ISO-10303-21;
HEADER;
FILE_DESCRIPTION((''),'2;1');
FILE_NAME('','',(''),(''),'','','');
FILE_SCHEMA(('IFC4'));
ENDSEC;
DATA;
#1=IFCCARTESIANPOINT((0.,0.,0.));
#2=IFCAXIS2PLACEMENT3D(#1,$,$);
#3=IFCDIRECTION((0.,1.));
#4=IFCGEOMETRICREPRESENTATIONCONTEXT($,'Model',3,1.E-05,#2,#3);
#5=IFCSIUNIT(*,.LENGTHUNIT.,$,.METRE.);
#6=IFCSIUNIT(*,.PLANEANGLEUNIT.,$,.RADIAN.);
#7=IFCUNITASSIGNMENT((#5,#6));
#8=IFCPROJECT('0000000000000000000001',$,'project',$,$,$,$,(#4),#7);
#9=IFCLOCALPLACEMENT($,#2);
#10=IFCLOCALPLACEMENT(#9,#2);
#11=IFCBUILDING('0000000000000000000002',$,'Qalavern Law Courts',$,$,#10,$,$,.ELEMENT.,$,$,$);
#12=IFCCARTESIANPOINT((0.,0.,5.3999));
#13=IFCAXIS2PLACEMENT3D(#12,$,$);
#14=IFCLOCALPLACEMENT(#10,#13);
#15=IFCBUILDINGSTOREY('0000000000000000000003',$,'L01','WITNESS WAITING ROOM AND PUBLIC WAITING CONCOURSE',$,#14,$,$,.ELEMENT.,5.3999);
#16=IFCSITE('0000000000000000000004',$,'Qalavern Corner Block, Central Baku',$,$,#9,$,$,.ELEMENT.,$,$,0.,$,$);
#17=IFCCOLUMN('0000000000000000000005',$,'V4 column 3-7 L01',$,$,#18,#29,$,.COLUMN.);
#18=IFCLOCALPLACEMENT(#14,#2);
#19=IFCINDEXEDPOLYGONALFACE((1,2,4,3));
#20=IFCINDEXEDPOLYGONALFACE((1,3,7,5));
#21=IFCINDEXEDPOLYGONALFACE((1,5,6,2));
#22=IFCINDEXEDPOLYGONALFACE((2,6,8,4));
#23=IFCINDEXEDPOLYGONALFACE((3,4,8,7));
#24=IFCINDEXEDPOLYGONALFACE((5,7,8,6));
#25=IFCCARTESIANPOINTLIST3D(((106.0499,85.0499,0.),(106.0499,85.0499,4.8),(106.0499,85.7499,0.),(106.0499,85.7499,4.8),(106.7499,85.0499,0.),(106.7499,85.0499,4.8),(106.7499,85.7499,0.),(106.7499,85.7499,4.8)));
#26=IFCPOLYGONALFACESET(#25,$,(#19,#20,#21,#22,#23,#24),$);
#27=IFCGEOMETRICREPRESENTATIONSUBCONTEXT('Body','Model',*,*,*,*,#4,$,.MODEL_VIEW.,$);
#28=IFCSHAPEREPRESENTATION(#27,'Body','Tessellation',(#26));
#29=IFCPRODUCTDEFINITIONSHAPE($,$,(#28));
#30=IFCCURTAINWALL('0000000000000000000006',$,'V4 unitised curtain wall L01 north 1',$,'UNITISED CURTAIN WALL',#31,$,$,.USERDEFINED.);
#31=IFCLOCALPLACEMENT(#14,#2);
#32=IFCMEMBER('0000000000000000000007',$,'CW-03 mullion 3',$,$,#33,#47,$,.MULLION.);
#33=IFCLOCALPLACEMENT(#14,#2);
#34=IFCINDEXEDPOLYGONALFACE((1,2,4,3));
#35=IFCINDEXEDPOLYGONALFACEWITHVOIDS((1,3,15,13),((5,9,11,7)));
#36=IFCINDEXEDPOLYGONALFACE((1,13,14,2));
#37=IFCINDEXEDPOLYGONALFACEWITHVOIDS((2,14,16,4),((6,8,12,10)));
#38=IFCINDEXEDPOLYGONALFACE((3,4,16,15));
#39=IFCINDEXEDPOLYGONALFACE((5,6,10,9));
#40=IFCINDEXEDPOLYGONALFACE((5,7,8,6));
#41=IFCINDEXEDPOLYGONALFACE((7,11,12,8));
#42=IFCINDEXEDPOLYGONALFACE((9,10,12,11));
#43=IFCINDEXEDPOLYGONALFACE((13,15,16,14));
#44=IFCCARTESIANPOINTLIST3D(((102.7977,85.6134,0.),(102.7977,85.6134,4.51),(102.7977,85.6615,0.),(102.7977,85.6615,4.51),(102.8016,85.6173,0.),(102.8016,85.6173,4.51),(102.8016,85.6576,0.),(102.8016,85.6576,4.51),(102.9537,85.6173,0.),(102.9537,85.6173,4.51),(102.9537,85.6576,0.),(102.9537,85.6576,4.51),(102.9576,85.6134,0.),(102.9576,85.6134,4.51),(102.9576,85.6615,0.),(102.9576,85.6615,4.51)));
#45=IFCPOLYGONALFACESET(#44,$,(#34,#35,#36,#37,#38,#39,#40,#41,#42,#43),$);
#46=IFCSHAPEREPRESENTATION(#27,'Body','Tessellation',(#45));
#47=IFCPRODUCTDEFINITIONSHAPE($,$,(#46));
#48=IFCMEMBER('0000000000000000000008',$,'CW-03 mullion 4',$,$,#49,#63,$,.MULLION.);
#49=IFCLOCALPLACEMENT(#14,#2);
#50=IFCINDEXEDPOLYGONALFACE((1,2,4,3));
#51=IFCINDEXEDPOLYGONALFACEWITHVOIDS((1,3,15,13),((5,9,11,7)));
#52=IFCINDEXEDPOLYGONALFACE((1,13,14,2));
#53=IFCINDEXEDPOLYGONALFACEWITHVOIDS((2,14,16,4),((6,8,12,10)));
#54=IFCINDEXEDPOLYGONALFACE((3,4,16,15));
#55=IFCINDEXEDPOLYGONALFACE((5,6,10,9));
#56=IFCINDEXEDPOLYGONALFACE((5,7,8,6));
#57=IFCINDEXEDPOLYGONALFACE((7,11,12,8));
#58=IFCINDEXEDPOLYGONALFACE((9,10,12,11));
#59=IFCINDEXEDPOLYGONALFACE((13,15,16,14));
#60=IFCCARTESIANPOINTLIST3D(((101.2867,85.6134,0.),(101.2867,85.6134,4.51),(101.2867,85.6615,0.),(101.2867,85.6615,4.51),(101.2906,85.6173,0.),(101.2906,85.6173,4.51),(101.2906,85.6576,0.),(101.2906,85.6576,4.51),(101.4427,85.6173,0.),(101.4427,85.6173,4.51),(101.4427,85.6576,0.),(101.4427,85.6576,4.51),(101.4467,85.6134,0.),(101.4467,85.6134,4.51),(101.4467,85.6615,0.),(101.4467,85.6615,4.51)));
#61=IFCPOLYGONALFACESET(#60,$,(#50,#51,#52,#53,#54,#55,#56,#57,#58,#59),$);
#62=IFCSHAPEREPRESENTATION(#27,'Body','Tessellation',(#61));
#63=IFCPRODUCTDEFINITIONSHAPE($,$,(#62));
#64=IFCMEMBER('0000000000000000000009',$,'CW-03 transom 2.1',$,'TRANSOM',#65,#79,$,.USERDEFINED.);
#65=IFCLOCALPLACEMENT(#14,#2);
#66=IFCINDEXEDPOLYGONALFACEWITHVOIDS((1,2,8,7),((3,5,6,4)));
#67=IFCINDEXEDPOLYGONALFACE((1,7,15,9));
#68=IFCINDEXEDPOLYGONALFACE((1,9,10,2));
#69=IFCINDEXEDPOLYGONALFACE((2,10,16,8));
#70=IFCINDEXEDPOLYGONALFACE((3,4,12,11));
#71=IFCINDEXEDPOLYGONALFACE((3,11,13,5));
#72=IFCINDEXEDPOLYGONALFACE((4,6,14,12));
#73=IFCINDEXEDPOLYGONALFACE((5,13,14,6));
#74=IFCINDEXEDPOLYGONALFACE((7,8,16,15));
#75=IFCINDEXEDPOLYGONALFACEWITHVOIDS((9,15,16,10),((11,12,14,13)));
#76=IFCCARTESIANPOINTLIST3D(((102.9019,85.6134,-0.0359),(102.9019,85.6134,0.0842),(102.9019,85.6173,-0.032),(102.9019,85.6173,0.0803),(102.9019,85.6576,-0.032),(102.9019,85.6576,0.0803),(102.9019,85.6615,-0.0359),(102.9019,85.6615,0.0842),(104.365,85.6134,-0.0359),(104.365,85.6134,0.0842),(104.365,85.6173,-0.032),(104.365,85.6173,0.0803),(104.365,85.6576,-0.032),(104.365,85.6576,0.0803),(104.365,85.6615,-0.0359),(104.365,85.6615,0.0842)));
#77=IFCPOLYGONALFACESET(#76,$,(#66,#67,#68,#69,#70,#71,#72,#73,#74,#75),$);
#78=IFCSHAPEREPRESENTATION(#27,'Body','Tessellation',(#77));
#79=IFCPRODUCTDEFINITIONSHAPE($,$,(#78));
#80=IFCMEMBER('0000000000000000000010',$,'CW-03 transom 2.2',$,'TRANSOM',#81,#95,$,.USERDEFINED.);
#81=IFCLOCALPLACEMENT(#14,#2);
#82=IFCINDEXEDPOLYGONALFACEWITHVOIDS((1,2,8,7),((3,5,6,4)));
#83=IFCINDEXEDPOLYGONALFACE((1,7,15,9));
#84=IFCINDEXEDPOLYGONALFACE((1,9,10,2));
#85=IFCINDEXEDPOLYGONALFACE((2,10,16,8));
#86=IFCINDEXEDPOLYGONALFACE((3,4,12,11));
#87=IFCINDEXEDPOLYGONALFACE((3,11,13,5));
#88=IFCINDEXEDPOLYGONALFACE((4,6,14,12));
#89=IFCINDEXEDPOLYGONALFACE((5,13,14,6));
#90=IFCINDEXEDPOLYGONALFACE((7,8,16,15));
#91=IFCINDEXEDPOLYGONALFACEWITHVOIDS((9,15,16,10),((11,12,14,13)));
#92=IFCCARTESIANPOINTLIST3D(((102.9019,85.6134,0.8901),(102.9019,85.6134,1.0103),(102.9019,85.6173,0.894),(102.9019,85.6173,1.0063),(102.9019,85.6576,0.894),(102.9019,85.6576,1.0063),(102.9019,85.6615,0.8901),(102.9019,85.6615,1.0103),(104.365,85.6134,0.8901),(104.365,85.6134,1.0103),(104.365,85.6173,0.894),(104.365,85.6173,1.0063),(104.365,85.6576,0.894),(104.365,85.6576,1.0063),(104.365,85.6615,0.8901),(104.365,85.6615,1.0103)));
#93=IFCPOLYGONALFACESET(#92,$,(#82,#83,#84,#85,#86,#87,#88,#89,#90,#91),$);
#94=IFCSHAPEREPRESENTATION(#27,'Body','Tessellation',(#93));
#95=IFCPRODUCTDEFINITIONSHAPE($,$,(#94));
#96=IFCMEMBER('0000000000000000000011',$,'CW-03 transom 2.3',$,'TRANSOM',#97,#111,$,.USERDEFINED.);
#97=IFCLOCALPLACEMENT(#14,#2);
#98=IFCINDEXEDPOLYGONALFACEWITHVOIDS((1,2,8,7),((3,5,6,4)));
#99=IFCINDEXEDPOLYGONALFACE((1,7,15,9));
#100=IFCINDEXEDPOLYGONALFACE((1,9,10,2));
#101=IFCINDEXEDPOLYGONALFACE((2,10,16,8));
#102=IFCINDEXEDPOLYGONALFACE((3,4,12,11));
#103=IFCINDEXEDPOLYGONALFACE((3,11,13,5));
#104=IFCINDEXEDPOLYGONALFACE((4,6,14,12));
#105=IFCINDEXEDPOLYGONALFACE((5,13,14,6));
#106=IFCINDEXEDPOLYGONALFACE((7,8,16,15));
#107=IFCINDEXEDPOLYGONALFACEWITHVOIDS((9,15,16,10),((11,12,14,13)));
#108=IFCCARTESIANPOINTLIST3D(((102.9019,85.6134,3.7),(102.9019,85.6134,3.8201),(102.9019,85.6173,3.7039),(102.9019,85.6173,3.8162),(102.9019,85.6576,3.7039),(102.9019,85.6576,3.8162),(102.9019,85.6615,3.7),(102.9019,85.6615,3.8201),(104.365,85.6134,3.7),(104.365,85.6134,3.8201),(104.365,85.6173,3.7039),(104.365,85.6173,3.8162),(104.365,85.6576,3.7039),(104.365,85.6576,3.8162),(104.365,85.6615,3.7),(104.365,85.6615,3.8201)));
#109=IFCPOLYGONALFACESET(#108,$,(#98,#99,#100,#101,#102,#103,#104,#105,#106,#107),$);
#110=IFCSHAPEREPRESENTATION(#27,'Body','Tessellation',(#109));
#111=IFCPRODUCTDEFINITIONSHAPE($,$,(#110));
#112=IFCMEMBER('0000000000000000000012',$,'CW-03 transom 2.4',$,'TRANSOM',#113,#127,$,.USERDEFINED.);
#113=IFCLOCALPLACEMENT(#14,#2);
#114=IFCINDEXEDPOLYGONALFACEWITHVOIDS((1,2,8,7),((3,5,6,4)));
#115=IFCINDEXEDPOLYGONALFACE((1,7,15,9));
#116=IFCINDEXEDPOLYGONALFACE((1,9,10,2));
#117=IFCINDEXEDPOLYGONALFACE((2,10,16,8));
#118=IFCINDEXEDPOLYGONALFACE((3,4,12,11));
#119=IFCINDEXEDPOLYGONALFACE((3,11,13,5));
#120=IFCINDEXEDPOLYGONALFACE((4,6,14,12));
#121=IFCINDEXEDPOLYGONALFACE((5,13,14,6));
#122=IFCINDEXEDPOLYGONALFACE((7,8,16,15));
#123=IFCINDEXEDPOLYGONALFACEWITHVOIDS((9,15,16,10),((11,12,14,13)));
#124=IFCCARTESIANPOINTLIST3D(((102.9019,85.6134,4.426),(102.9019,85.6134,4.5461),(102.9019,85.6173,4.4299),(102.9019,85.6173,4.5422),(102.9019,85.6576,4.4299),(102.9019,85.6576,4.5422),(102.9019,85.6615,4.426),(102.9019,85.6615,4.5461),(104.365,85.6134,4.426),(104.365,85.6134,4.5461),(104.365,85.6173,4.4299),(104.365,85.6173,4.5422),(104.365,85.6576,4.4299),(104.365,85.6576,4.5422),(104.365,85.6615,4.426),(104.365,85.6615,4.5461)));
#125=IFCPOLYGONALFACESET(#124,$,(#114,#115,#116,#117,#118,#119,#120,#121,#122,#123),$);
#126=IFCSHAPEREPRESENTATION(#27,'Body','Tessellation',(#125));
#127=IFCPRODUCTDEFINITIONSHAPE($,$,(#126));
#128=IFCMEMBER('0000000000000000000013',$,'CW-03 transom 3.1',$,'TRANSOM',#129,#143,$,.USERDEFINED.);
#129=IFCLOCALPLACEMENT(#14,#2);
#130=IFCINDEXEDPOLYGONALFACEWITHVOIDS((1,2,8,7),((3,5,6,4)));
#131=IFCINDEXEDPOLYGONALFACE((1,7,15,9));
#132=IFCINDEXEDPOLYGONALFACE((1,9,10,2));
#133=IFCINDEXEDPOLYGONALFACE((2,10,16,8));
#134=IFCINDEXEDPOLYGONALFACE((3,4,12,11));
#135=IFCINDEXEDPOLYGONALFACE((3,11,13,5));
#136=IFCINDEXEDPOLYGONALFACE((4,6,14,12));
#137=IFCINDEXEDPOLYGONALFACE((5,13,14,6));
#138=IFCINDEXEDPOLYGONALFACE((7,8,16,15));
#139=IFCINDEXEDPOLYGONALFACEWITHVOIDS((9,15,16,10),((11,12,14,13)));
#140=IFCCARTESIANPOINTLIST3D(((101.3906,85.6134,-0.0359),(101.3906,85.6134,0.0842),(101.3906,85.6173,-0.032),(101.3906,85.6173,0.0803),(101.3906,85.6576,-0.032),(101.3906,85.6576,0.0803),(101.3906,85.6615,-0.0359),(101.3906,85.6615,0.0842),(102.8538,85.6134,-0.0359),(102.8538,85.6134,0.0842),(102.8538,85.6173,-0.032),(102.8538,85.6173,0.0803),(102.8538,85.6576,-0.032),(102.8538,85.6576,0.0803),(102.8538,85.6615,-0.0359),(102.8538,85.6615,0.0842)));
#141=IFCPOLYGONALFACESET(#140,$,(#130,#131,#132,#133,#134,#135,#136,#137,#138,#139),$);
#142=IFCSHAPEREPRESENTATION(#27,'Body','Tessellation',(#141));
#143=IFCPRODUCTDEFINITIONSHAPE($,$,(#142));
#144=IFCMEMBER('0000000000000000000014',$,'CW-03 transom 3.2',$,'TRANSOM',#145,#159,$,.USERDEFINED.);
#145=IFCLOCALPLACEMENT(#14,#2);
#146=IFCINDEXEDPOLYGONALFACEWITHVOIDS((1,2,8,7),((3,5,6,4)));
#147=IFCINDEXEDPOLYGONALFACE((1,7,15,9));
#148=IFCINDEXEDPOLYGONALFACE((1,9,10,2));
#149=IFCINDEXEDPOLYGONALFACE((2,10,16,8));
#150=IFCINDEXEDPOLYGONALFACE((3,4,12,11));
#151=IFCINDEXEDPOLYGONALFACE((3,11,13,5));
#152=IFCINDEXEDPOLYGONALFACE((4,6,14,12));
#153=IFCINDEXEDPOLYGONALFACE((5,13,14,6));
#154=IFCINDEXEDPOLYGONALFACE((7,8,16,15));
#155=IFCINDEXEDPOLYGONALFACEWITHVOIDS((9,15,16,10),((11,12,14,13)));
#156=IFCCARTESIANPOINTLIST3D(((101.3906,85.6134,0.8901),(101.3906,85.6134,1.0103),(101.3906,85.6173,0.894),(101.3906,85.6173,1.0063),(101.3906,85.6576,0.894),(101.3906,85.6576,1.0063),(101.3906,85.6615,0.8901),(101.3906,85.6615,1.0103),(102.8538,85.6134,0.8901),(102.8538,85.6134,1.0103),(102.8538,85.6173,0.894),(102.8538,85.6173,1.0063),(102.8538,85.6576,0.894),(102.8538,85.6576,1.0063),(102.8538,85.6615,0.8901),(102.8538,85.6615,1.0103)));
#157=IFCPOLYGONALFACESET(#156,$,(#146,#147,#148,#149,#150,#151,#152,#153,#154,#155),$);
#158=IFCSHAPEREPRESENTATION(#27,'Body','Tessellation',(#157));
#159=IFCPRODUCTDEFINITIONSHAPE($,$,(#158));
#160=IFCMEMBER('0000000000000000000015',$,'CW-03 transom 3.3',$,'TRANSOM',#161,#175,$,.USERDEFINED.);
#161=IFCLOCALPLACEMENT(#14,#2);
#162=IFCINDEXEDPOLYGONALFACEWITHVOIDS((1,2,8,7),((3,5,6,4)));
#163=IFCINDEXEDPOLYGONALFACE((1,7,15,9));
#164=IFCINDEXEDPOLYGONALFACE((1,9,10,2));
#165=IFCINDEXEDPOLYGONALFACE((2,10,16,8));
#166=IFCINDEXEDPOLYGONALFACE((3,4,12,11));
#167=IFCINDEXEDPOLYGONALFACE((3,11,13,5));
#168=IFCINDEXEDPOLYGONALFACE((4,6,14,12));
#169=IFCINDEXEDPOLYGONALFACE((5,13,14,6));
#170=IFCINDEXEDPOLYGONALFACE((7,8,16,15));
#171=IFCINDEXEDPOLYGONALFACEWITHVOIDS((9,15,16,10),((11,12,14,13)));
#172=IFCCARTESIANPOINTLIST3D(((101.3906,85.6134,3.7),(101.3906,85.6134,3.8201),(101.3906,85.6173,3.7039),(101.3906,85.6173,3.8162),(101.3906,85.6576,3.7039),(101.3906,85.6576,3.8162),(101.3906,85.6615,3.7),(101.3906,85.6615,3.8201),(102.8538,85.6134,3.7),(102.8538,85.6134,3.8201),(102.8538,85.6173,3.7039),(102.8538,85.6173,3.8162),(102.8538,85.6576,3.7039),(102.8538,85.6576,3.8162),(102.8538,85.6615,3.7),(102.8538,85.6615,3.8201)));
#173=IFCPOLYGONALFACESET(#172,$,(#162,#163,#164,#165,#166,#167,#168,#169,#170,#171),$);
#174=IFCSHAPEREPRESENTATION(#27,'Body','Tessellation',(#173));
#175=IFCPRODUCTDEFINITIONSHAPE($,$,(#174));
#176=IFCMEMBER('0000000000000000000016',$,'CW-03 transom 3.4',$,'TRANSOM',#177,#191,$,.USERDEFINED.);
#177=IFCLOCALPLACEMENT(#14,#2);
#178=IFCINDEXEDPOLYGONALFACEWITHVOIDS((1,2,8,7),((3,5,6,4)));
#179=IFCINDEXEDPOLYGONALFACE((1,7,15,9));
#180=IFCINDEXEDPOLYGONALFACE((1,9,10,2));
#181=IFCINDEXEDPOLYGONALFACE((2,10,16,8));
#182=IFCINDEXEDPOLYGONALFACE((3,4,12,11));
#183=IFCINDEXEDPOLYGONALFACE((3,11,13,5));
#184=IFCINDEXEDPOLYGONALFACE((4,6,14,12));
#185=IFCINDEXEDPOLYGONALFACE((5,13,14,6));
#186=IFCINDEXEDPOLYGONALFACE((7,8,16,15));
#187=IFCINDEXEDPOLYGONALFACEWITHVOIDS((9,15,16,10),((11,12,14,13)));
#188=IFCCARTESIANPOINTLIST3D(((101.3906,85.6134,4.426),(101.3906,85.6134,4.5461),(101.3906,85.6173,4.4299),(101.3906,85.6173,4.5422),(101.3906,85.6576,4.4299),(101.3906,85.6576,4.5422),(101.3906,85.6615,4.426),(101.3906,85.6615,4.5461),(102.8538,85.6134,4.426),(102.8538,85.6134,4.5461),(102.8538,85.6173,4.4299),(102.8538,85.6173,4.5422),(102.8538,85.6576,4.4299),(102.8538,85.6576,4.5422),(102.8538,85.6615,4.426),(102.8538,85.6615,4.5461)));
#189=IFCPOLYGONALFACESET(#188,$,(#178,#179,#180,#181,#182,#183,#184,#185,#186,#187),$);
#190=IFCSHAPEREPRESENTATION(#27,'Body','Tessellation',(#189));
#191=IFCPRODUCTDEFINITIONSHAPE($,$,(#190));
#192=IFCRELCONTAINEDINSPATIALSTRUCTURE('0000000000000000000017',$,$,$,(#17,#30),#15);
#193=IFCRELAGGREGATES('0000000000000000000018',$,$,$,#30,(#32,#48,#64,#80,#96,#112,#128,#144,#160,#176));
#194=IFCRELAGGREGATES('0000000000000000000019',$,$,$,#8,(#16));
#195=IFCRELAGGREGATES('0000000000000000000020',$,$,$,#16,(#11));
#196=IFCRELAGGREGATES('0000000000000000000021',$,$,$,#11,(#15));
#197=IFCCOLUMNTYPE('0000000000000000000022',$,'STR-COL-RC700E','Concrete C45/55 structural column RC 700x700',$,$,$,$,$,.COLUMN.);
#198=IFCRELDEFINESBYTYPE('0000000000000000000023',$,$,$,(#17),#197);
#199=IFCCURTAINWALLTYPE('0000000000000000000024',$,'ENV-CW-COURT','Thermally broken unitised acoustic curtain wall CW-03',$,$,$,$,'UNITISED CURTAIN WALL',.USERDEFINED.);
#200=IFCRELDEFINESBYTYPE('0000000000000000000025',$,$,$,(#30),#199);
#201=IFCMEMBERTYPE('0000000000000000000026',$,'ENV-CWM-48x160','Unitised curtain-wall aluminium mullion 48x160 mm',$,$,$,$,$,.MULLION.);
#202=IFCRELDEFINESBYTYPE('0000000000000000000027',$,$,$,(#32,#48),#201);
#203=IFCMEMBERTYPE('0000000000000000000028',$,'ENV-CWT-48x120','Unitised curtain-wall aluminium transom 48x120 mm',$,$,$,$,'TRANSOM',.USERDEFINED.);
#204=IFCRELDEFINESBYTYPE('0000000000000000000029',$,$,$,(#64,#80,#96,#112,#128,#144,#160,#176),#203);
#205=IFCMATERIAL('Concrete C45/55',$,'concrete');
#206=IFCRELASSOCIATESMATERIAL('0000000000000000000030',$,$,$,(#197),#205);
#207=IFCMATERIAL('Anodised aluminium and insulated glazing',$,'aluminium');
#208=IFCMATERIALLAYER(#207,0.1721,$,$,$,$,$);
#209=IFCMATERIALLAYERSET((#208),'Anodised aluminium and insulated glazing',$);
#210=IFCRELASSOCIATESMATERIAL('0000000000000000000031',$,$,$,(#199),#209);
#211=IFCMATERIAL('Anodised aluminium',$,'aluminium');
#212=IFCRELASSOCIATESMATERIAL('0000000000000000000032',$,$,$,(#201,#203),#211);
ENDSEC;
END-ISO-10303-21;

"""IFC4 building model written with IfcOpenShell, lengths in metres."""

from ifc_helpers import new_model, si_unit, direction, frame, origin, origin_2d, place, context, subcontext, project, spatial, rectangle, hollow_rectangle, extrude, material, layer, layer_set, material_profile, profile_set, type_object, element, aggregate, save


model = new_model("IFC4")

# Units and contexts
model_context = context("Model", 3, precision=1e-05, world=origin(), true_north=direction((0.0, 1.0)))
body_context = subcontext(model_context, "Body", "Model", "MODEL_VIEW")
ifc_project = project(units=[si_unit("LENGTHUNIT", "METRE"), si_unit("PLANEANGLEUNIT", "RADIAN")], contexts=[model_context])

# Site, building, storey
site_placement = place(None, origin())
site = spatial("IfcSite", under=ifc_project, at=site_placement, Name="Qalavern Corner Block, Central Baku", CompositionType="ELEMENT", RefElevation=0.0)
building_placement = place(site_placement, origin())
building = spatial("IfcBuilding", under=site, at=building_placement, Name="Qalavern Law Courts", CompositionType="ELEMENT")
storey_placement = place(building_placement, frame((0.0, 0.0, 5.3999)))
storey = spatial("IfcBuildingStorey", under=building, at=storey_placement, Name="L01", Description="WITNESS WAITING ROOM AND PUBLIC WAITING CONCOURSE", CompositionType="ELEMENT", Elevation=5.3999)

# Column
ifc_material_1 = material(Name="Concrete C45/55", Category="concrete")
ifc_material_profile_1 = material_profile(ifc_material_1, rectangle(XDim=0.7, YDim=0.7, at=origin_2d()), Name="RC 700x700")
ifc_profile_set_1 = profile_set([ifc_material_profile_1], Name="Concrete C45/55")
column_type = type_object("IfcColumnType", Name="STR-COL-RC700E", Description="Concrete C45/55 structural column RC 700x700", PredefinedType="COLUMN", material=ifc_profile_set_1)
column_placement = place(storey_placement, frame((106.3999, 85.3999, 0.0), z_axis=(0.0, 0.0, 1.0), x_axis=(1.0, 0.0, 0.0)))
element("IfcColumn", 1, at=column_placement, inside=storey, type_object=column_type, Name="V4 column 3-7 L01", PredefinedType="COLUMN", context=body_context, shape_type="SweptSolid", body=[
    extrude(rectangle(XDim=0.7, YDim=0.7, at=origin_2d()), origin(), (0.0, 0.0, 1.0), 4.8),
])

# Curtain wall, members
ifc_material_2 = material(Name="Anodised aluminium and insulated glazing", Category="aluminium")
ifc_layer_1 = layer(ifc_material_2, 0.1721)
ifc_layer_set_1 = layer_set([ifc_layer_1], Name="Anodised aluminium and insulated glazing")
curtain_wall_type = type_object("IfcCurtainWallType", Name="ENV-CW-COURT", Description="Thermally broken unitised acoustic curtain wall CW-03", ElementType="UNITISED CURTAIN WALL", PredefinedType="USERDEFINED", material=ifc_layer_set_1)
curtain_wall_placement = place(storey_placement, origin())
curtain_wall = element("IfcCurtainWall", 2, at=curtain_wall_placement, inside=storey, type_object=curtain_wall_type, Name="V4 unitised curtain wall L01 north 1", ObjectType="UNITISED CURTAIN WALL", PredefinedType="USERDEFINED")
ifc_material_3 = material(Name="Anodised aluminium", Category="aluminium")
ifc_material_profile_2 = material_profile(ifc_material_3, hollow_rectangle(XDim=0.0481, YDim=0.1599, WallThickness=0.0039, at=origin_2d()), Name="ALU MULLION 48x160")
ifc_profile_set_2 = profile_set([ifc_material_profile_2], Name="Anodised aluminium")
member_type_1 = type_object("IfcMemberType", Name="ENV-CWM-48x160", Description="Unitised curtain-wall aluminium mullion 48x160 mm", PredefinedType="MULLION", material=ifc_profile_set_2)
member_1_placement = place(storey_placement, frame((102.8777, 85.6375, 0.0), z_axis=(0.0, 0.0, 1.0), x_axis=(0.0, -1.0, 0.0)))
member_1 = element("IfcMember", 3, at=member_1_placement, type_object=member_type_1, Name="CW-03 mullion 3", PredefinedType="MULLION", context=body_context, shape_type="SweptSolid", body=[
    extrude(hollow_rectangle(XDim=0.0481, YDim=0.1599, WallThickness=0.0039, at=origin_2d()), origin(), (0.0, 0.0, 1.0), 4.51),
])
member_2_placement = place(storey_placement, frame((101.3667, 85.6375, 0.0), z_axis=(0.0, 0.0, 1.0), x_axis=(0.0, -1.0, 0.0)))
member_2 = element("IfcMember", 4, at=member_2_placement, type_object=member_type_1, Name="CW-03 mullion 4", PredefinedType="MULLION", context=body_context, shape_type="SweptSolid", body=[
    extrude(hollow_rectangle(XDim=0.0481, YDim=0.1599, WallThickness=0.0039, at=origin_2d()), origin(), (0.0, 0.0, 1.0), 4.51),
])
ifc_material_profile_3 = material_profile(ifc_material_3, hollow_rectangle(XDim=0.0481, YDim=0.1201, WallThickness=0.0039, at=origin_2d()), Name="ALU TRANSOM 48x120")
ifc_profile_set_3 = profile_set([ifc_material_profile_3], Name="Anodised aluminium")
member_type_2 = type_object("IfcMemberType", Name="ENV-CWT-48x120", Description="Unitised curtain-wall aluminium transom 48x120 mm", ElementType="TRANSOM", PredefinedType="USERDEFINED", material=ifc_profile_set_3)
member_3_placement = place(storey_placement, frame((104.365, 85.6375, 0.0242), z_axis=(-1.0, 0.0, 0.0), x_axis=(0.0, -1.0, 0.0)))
member_3 = element("IfcMember", 5, at=member_3_placement, type_object=member_type_2, Name="CW-03 transom 2.1", ObjectType="TRANSOM", PredefinedType="USERDEFINED", context=body_context, shape_type="SweptSolid", body=[
    extrude(hollow_rectangle(XDim=0.0481, YDim=0.1201, WallThickness=0.0039, at=origin_2d()), origin(), (0.0, 0.0, 1.0), 1.4631),
])
member_4_placement = place(storey_placement, frame((104.365, 85.6375, 0.9502), z_axis=(-1.0, 0.0, 0.0), x_axis=(0.0, -1.0, 0.0)))
member_4 = element("IfcMember", 6, at=member_4_placement, type_object=member_type_2, Name="CW-03 transom 2.2", ObjectType="TRANSOM", PredefinedType="USERDEFINED", context=body_context, shape_type="SweptSolid", body=[
    extrude(hollow_rectangle(XDim=0.0481, YDim=0.1201, WallThickness=0.0039, at=origin_2d()), origin(), (0.0, 0.0, 1.0), 1.4631),
])
member_5_placement = place(storey_placement, frame((104.365, 85.6375, 3.76), z_axis=(-1.0, 0.0, 0.0), x_axis=(0.0, -1.0, 0.0)))
member_5 = element("IfcMember", 7, at=member_5_placement, type_object=member_type_2, Name="CW-03 transom 2.3", ObjectType="TRANSOM", PredefinedType="USERDEFINED", context=body_context, shape_type="SweptSolid", body=[
    extrude(hollow_rectangle(XDim=0.0481, YDim=0.1201, WallThickness=0.0039, at=origin_2d()), origin(), (0.0, 0.0, 1.0), 1.4631),
])
member_6_placement = place(storey_placement, frame((104.365, 85.6375, 4.4861), z_axis=(-1.0, 0.0, 0.0), x_axis=(0.0, -1.0, 0.0)))
member_6 = element("IfcMember", 8, at=member_6_placement, type_object=member_type_2, Name="CW-03 transom 2.4", ObjectType="TRANSOM", PredefinedType="USERDEFINED", context=body_context, shape_type="SweptSolid", body=[
    extrude(hollow_rectangle(XDim=0.0481, YDim=0.1201, WallThickness=0.0039, at=origin_2d()), origin(), (0.0, 0.0, 1.0), 1.4631),
])
member_7_placement = place(storey_placement, frame((102.8538, 85.6375, 0.0242), z_axis=(-1.0, 0.0, 0.0), x_axis=(0.0, -1.0, 0.0)))
member_7 = element("IfcMember", 9, at=member_7_placement, type_object=member_type_2, Name="CW-03 transom 3.1", ObjectType="TRANSOM", PredefinedType="USERDEFINED", context=body_context, shape_type="SweptSolid", body=[
    extrude(hollow_rectangle(XDim=0.0481, YDim=0.1201, WallThickness=0.0039, at=origin_2d()), origin(), (0.0, 0.0, 1.0), 1.4631),
])
member_8_placement = place(storey_placement, frame((102.8538, 85.6375, 0.9502), z_axis=(-1.0, 0.0, 0.0), x_axis=(0.0, -1.0, 0.0)))
member_8 = element("IfcMember", 10, at=member_8_placement, type_object=member_type_2, Name="CW-03 transom 3.2", ObjectType="TRANSOM", PredefinedType="USERDEFINED", context=body_context, shape_type="SweptSolid", body=[
    extrude(hollow_rectangle(XDim=0.0481, YDim=0.1201, WallThickness=0.0039, at=origin_2d()), origin(), (0.0, 0.0, 1.0), 1.4631),
])
member_9_placement = place(storey_placement, frame((102.8538, 85.6375, 3.76), z_axis=(-1.0, 0.0, 0.0), x_axis=(0.0, -1.0, 0.0)))
member_9 = element("IfcMember", 11, at=member_9_placement, type_object=member_type_2, Name="CW-03 transom 3.3", ObjectType="TRANSOM", PredefinedType="USERDEFINED", context=body_context, shape_type="SweptSolid", body=[
    extrude(hollow_rectangle(XDim=0.0481, YDim=0.1201, WallThickness=0.0039, at=origin_2d()), origin(), (0.0, 0.0, 1.0), 1.4631),
])
member_10_placement = place(storey_placement, frame((102.8538, 85.6375, 4.4861), z_axis=(-1.0, 0.0, 0.0), x_axis=(0.0, -1.0, 0.0)))
member_10 = element("IfcMember", 12, at=member_10_placement, type_object=member_type_2, Name="CW-03 transom 3.4", ObjectType="TRANSOM", PredefinedType="USERDEFINED", context=body_context, shape_type="SweptSolid", body=[
    extrude(hollow_rectangle(XDim=0.0481, YDim=0.1201, WallThickness=0.0039, at=origin_2d()), origin(), (0.0, 0.0, 1.0), 1.4631),
])

aggregate(curtain_wall, [member_1, member_2, member_3, member_4, member_5, member_6, member_7, member_8, member_9, member_10])

save(model, "model.ifc")
